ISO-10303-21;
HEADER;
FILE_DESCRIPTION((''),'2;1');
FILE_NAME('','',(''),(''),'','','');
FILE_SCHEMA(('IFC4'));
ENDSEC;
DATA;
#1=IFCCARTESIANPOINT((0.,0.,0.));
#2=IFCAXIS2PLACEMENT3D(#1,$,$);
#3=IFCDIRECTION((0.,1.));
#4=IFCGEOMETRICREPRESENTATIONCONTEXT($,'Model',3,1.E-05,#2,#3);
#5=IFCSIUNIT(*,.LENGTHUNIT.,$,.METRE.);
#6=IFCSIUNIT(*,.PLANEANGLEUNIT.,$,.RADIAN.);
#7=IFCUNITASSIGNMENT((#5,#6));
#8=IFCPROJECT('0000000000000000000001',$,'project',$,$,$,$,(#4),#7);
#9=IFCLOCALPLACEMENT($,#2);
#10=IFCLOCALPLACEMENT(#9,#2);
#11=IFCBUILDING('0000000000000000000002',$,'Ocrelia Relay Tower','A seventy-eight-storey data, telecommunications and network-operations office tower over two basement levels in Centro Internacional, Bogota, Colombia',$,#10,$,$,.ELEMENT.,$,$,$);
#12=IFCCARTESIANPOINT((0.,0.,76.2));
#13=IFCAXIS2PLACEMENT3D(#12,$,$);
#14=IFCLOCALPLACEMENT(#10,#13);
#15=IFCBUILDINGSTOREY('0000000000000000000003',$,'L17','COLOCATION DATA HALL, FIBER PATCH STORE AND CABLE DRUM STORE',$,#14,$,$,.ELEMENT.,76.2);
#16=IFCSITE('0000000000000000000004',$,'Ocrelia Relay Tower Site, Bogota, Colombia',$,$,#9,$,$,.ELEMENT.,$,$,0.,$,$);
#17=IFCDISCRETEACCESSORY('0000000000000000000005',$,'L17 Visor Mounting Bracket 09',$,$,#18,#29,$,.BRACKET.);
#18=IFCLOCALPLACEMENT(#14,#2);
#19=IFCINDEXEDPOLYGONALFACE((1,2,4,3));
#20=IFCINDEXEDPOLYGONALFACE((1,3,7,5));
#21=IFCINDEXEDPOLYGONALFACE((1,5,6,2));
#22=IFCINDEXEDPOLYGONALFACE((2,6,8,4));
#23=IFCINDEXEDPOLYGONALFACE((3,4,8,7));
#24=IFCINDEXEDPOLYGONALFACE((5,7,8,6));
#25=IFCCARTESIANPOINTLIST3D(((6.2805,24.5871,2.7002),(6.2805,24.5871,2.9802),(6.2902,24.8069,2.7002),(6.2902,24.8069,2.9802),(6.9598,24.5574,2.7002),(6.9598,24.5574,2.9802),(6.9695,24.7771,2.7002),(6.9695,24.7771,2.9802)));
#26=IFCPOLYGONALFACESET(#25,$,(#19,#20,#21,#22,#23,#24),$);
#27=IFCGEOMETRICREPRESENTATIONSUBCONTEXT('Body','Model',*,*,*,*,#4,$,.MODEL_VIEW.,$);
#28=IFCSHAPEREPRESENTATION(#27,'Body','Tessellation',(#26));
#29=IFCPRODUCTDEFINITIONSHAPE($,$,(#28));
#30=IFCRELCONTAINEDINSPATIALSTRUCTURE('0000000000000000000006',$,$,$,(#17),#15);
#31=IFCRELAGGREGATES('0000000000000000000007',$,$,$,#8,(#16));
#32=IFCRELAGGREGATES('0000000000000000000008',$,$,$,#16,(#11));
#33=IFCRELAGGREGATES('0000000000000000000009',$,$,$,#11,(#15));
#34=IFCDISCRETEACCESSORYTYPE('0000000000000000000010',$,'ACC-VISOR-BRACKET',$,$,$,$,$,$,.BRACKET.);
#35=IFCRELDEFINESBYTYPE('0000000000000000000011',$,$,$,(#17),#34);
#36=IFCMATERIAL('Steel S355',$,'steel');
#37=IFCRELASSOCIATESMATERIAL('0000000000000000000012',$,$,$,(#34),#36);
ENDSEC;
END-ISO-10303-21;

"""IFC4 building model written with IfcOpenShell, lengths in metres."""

from ifc_helpers import new_model, si_unit, direction, frame, origin, origin_2d, place, context, subcontext, project, spatial, rectangle, extrude, material, type_object, element, save


model = new_model("IFC4")

# Units and contexts
model_context = context("Model", 3, precision=1e-05, world=origin(), true_north=direction((0.0, 1.0)))
body_context = subcontext(model_context, "Body", "Model", "MODEL_VIEW")
ifc_project = project(units=[si_unit("LENGTHUNIT", "METRE"), si_unit("PLANEANGLEUNIT", "RADIAN")], contexts=[model_context])

# Site, building, storey
site_placement = place(None, origin())
site = spatial("IfcSite", under=ifc_project, at=site_placement, Name="Ocrelia Relay Tower Site, Bogota, Colombia", CompositionType="ELEMENT", RefElevation=0.0)
building_placement = place(site_placement, origin())
building = spatial("IfcBuilding", under=site, at=building_placement, Name="Ocrelia Relay Tower", Description="A seventy-eight-storey data, telecommunications and network-operations office tower over two basement levels in Centro Internacional, Bogota, Colombia", CompositionType="ELEMENT")
storey_placement = place(building_placement, frame((0.0, 0.0, 76.2)))
storey = spatial("IfcBuildingStorey", under=building, at=storey_placement, Name="L17", Description="COLOCATION DATA HALL, FIBER PATCH STORE AND CABLE DRUM STORE", CompositionType="ELEMENT", Elevation=76.2)

# Shared definitions
ifc_material_1 = material(Name="Steel S355", Category="steel")

# Discrete accessory
discrete_accessory_type = type_object("IfcDiscreteAccessoryType", Name="ACC-VISOR-BRACKET", PredefinedType="BRACKET", material=ifc_material_1)
discrete_accessory_placement = place(storey_placement, frame((6.625, 24.6821, 2.7002), z_axis=(0.0, 0.0, 1.0), x_axis=(-0.043797, -0.99904, 0.0)))
element("IfcDiscreteAccessory", 1, at=discrete_accessory_placement, inside=storey, type_object=discrete_accessory_type, Name="L17 Visor Mounting Bracket 09", PredefinedType="BRACKET", context=body_context, shape_type="SweptSolid", body=[
    extrude(rectangle(XDim=0.22, YDim=0.6799, at=origin_2d()), origin(), (0.0, 0.0, 1.0), 0.28),
])

save(model, "model.ifc")
